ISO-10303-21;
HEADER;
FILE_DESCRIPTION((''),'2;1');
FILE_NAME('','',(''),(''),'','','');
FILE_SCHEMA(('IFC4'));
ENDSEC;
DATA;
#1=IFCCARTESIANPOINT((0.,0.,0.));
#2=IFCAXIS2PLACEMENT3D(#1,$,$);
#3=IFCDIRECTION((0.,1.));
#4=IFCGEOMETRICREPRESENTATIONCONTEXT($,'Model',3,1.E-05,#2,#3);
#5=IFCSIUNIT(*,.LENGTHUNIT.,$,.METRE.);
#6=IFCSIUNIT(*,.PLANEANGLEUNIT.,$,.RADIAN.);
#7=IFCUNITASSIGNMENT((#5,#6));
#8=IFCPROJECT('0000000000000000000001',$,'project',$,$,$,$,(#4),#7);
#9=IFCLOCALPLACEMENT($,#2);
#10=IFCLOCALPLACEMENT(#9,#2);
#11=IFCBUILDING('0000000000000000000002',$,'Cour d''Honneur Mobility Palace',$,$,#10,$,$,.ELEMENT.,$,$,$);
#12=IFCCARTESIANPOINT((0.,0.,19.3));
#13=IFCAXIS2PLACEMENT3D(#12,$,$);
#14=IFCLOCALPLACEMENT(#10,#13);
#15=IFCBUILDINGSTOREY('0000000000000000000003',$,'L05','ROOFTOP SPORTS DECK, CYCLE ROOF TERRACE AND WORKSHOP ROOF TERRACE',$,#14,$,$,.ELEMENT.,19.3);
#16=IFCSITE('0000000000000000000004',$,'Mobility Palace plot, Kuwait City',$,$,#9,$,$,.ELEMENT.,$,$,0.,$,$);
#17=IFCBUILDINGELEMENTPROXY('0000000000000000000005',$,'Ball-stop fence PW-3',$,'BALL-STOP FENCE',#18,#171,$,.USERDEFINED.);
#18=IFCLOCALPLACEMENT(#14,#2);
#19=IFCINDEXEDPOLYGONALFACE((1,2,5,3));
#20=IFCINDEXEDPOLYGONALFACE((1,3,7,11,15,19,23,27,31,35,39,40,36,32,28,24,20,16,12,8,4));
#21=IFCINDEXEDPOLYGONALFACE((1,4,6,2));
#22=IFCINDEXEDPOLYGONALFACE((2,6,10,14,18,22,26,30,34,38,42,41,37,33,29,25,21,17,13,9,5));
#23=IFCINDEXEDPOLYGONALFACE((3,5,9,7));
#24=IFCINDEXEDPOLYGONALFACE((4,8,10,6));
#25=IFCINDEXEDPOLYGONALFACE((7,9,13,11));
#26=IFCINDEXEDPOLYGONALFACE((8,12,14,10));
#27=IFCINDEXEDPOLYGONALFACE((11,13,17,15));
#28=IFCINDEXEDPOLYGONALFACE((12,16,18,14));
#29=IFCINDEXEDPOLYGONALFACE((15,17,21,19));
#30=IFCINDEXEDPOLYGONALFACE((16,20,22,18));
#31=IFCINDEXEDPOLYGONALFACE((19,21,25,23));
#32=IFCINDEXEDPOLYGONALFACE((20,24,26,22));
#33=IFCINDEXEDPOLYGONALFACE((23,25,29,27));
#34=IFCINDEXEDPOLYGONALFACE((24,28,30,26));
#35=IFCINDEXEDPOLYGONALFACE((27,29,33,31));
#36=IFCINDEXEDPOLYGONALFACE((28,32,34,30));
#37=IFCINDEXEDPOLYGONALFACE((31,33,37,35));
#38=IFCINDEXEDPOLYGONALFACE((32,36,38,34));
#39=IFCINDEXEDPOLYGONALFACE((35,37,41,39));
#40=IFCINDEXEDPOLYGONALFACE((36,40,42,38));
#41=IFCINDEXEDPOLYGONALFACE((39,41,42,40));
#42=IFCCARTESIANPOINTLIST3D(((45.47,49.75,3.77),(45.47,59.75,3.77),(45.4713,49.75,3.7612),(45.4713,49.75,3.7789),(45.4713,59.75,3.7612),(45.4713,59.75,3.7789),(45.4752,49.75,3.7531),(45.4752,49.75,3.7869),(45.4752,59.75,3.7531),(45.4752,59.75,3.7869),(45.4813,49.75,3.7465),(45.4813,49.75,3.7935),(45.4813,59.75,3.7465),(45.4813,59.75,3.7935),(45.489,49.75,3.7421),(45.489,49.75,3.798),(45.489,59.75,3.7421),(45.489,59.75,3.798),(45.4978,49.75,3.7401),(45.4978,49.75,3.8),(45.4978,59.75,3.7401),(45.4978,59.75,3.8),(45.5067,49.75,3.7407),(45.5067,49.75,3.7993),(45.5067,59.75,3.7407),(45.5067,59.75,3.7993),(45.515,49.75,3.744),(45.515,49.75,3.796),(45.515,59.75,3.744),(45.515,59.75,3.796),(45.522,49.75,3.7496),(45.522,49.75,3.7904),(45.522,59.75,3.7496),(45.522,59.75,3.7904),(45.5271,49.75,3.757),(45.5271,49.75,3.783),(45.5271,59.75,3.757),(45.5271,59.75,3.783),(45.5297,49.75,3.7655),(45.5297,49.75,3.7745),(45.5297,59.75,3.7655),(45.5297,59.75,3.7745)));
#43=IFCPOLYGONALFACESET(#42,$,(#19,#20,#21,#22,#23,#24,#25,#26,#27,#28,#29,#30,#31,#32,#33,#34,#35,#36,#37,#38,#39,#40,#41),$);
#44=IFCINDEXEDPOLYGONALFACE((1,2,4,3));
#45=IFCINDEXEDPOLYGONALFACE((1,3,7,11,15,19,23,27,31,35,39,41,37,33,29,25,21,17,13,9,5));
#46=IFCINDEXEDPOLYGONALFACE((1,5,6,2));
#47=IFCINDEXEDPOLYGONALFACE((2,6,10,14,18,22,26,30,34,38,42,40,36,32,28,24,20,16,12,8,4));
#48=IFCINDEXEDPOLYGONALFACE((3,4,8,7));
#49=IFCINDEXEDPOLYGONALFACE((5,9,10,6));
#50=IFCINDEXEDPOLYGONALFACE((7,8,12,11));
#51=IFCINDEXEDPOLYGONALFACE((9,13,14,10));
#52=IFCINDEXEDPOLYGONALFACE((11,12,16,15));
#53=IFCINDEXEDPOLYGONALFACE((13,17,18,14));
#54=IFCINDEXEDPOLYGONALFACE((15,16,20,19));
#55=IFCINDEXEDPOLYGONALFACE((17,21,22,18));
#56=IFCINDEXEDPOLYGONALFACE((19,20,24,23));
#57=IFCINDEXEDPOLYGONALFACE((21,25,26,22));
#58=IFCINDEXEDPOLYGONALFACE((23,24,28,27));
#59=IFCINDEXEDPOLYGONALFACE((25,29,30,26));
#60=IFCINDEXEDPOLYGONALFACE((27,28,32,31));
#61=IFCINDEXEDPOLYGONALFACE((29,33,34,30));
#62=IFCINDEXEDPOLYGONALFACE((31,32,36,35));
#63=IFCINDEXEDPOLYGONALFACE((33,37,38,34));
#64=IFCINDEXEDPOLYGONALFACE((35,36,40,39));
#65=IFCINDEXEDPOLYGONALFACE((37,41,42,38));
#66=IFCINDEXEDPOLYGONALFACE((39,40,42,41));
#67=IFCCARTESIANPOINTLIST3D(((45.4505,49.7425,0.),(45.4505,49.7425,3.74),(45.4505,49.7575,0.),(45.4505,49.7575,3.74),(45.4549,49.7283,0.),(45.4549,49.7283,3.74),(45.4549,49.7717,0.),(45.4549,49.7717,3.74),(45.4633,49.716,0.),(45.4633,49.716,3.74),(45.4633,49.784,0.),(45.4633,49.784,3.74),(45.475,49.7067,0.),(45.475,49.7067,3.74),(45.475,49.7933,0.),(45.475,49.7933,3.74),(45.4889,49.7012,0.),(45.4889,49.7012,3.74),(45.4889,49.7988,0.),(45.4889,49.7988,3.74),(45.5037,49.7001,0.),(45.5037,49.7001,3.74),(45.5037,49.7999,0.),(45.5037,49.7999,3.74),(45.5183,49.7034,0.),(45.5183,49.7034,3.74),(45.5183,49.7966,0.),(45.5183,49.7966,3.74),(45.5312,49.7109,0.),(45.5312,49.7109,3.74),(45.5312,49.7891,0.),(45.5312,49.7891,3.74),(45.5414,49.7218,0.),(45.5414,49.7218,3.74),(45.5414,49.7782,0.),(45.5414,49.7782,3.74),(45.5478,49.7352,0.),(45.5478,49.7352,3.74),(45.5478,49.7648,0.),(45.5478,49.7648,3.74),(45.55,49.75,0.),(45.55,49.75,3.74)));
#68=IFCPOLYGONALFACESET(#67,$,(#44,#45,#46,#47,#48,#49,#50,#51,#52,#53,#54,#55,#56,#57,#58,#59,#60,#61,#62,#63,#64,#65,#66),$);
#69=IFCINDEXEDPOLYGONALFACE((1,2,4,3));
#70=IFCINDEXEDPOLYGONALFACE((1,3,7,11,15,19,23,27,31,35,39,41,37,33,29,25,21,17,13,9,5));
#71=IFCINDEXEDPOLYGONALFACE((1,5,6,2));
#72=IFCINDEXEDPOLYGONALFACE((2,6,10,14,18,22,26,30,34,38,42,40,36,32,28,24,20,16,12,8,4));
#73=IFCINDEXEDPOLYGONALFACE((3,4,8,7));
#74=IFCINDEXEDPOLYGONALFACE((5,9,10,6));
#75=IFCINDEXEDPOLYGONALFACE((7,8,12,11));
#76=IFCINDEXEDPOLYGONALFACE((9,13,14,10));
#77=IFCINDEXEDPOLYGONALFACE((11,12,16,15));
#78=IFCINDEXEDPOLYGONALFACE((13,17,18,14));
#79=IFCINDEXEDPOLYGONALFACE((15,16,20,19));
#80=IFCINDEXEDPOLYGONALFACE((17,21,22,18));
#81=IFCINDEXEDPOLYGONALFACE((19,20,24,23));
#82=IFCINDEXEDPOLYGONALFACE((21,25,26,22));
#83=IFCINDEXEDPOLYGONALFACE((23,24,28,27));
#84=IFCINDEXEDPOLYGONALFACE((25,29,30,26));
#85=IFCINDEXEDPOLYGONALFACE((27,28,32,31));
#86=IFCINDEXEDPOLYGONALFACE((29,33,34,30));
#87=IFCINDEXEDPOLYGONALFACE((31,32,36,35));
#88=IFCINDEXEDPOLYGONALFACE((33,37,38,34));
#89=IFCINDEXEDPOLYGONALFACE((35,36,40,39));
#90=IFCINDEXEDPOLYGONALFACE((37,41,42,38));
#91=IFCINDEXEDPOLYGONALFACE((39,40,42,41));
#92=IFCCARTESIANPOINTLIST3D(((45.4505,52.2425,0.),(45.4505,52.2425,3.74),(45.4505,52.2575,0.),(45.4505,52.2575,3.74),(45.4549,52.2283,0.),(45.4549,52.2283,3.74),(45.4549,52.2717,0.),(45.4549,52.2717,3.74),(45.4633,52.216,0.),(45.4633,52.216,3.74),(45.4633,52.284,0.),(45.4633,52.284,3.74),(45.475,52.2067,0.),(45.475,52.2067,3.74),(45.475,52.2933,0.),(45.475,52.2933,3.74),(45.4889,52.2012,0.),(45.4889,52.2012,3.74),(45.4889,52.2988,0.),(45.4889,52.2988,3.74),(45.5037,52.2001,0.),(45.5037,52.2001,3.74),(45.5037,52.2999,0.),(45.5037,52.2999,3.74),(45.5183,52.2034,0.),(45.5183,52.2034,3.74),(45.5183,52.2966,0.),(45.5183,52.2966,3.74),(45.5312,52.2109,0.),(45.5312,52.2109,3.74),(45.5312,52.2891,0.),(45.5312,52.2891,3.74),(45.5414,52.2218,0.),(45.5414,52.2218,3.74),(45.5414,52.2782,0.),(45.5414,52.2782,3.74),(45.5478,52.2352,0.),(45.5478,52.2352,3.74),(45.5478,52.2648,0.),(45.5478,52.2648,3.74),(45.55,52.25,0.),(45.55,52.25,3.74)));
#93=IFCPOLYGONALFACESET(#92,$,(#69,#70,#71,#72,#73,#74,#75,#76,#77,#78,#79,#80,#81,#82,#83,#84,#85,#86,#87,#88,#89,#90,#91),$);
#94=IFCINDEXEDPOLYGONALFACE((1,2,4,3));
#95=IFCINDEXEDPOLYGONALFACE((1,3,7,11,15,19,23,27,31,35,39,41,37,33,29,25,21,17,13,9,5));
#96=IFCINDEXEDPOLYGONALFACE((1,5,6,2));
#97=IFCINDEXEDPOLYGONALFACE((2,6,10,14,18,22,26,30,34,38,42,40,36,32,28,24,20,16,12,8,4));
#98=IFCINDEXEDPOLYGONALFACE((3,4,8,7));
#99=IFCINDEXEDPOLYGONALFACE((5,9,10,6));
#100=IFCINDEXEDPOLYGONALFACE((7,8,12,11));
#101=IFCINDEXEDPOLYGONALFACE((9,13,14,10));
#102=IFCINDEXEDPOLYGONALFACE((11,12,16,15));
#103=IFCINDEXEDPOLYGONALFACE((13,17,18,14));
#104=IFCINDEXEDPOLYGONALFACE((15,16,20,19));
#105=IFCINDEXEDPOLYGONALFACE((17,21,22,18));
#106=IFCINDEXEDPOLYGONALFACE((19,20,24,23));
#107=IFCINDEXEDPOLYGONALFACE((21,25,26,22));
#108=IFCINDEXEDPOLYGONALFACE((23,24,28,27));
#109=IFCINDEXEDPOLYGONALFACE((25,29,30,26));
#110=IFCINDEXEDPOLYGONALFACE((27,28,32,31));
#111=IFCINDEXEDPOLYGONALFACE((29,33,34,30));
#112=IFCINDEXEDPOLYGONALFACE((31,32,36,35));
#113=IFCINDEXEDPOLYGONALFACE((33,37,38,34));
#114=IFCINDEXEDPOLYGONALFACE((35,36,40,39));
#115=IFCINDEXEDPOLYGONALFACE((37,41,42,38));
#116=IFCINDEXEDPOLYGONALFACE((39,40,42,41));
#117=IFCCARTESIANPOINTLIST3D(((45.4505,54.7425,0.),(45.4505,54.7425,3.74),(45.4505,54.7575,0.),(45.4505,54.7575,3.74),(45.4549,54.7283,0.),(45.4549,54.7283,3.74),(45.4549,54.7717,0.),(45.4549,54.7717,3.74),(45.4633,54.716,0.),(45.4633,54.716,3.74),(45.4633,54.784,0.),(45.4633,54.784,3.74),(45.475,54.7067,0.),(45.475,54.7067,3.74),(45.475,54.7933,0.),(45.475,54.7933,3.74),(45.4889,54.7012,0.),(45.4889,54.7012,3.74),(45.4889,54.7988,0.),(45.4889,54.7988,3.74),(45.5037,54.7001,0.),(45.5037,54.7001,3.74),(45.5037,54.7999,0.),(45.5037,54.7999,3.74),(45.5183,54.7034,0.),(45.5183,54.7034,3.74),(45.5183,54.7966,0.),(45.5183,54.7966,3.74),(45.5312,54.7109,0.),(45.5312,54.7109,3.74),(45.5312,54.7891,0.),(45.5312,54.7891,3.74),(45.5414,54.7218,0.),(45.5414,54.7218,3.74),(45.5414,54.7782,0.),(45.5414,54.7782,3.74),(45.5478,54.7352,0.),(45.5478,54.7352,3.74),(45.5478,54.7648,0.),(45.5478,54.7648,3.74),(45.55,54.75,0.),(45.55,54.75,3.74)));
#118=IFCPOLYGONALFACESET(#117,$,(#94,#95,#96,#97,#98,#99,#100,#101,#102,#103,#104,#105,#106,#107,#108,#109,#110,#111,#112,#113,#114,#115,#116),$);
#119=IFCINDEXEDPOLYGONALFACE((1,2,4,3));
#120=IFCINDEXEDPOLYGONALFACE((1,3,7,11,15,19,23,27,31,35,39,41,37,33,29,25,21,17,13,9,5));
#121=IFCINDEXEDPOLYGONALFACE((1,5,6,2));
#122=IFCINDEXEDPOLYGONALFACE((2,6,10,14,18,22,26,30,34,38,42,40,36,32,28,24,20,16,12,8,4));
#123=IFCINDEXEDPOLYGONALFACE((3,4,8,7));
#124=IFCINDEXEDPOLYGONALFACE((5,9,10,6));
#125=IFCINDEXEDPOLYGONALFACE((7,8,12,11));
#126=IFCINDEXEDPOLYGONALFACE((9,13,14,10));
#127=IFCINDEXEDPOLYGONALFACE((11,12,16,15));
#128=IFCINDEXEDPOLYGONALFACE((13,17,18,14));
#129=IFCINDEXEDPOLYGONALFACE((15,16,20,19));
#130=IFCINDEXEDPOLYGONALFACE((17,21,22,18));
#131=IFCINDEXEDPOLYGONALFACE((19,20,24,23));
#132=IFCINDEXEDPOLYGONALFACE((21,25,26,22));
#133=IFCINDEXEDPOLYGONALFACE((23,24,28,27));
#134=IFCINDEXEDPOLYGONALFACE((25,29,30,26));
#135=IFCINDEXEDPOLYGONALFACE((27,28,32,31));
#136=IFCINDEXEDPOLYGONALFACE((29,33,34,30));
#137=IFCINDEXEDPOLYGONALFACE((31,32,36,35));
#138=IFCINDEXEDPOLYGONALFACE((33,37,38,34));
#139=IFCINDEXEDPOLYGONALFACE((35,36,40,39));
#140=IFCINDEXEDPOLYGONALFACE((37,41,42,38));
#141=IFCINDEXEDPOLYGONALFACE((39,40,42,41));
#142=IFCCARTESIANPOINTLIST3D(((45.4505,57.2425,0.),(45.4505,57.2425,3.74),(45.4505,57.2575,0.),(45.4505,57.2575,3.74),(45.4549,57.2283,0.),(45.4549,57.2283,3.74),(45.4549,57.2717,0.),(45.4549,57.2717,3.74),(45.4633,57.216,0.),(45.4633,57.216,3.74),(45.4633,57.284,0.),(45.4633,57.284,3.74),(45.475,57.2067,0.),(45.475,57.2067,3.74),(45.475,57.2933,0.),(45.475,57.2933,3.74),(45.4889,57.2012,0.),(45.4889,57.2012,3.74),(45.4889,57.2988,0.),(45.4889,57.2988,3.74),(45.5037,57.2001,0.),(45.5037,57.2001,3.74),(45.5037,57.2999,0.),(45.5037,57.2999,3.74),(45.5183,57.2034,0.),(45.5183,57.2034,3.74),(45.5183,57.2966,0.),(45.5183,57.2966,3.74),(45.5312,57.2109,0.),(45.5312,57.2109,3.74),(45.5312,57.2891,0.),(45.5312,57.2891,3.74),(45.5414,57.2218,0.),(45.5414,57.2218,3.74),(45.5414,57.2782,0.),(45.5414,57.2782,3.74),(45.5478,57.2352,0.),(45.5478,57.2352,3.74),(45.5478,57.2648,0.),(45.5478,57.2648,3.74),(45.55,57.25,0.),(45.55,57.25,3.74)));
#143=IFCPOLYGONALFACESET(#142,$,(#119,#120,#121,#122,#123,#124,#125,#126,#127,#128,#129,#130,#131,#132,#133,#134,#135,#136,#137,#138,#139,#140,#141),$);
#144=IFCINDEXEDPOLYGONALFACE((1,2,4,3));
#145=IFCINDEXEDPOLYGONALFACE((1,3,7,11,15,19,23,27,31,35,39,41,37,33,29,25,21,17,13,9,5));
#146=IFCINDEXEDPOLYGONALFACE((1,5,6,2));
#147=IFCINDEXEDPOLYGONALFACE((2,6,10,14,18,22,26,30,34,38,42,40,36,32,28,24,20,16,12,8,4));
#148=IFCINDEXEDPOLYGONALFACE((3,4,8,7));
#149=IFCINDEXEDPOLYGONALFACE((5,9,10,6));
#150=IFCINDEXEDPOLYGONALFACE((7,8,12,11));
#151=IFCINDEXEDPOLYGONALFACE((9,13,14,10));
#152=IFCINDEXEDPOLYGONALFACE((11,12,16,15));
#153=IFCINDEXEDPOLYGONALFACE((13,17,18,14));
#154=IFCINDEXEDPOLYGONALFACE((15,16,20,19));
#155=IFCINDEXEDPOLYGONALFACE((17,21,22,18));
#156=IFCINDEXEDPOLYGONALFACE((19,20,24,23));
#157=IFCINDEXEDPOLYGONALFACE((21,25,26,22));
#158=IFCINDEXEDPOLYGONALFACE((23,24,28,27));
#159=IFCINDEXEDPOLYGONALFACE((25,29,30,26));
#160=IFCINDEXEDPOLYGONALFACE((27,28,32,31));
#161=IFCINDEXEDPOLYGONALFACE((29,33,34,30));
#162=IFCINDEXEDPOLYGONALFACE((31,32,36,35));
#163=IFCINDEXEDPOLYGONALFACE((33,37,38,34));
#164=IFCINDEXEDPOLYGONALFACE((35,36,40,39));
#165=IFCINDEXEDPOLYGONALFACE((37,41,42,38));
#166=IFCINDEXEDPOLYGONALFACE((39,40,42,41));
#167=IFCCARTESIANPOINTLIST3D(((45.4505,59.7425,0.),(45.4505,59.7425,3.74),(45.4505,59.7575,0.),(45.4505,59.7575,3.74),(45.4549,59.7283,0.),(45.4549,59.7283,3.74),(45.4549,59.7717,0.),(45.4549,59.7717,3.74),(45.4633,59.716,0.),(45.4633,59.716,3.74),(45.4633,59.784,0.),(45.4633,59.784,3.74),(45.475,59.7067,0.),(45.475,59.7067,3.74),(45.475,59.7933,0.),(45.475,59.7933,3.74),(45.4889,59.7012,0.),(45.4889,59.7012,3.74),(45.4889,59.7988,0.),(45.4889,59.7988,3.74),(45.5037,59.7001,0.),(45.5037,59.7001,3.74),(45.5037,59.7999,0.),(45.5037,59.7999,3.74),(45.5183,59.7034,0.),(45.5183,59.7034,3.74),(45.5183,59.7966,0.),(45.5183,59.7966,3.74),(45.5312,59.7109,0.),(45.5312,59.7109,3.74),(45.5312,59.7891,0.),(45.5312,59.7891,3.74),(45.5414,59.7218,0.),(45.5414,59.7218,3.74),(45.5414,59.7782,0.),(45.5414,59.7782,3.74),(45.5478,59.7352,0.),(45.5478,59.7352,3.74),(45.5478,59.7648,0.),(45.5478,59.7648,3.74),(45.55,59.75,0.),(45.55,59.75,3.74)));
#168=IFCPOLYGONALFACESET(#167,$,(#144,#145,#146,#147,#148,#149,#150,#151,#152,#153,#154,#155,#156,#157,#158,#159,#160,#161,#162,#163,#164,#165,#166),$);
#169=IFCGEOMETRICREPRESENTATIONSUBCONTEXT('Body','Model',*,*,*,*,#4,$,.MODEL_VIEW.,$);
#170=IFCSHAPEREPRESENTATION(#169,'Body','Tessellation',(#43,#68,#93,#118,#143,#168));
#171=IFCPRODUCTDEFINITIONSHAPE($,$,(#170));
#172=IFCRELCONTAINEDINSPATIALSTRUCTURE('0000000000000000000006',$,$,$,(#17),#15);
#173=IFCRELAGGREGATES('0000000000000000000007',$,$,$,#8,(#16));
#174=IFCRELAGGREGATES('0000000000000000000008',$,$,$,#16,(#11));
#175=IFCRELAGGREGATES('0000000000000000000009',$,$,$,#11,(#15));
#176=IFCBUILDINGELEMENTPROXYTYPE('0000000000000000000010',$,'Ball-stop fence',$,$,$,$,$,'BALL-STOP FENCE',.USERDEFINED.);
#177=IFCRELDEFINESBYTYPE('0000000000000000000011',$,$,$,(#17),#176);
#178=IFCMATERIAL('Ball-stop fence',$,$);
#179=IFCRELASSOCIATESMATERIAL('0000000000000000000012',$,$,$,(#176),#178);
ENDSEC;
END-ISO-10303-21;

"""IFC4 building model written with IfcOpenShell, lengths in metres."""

from ifc_helpers import new_model, si_unit, direction, frame, origin, origin_2d, place, context, subcontext, project, spatial, circle, extrude, material, type_object, element, save


model = new_model("IFC4")

# Units and contexts
model_context = context("Model", 3, precision=1e-05, world=origin(), true_north=direction((0.0, 1.0)))
body_context = subcontext(model_context, "Body", "Model", "MODEL_VIEW")
ifc_project = project(units=[si_unit("LENGTHUNIT", "METRE"), si_unit("PLANEANGLEUNIT", "RADIAN")], contexts=[model_context])

# Site, building, storey
site_placement = place(None, origin())
site = spatial("IfcSite", under=ifc_project, at=site_placement, Name="Mobility Palace plot, Kuwait City", CompositionType="ELEMENT", RefElevation=0.0)
building_placement = place(site_placement, origin())
building = spatial("IfcBuilding", under=site, at=building_placement, Name="Cour d'Honneur Mobility Palace", CompositionType="ELEMENT")
storey_placement = place(building_placement, frame((0.0, 0.0, 19.3)))
storey = spatial("IfcBuildingStorey", under=building, at=storey_placement, Name="L05", Description="ROOFTOP SPORTS DECK, CYCLE ROOF TERRACE AND WORKSHOP ROOF TERRACE", CompositionType="ELEMENT", Elevation=19.3)

# Building element proxy
ifc_material_1 = material(Name="Ball-stop fence")
building_element_proxy_type = type_object("IfcBuildingElementProxyType", Name="Ball-stop fence", ElementType="BALL-STOP FENCE", PredefinedType="USERDEFINED", material=ifc_material_1)
proxy_1_placement = place(storey_placement, frame((45.5, 49.75, 0.0)))
element("IfcBuildingElementProxy", 1, at=proxy_1_placement, inside=storey, type_object=building_element_proxy_type, Name="Ball-stop fence PW-3", ObjectType="BALL-STOP FENCE", PredefinedType="USERDEFINED", context=body_context, shape_type="SweptSolid", body=[
    extrude(circle(Radius=0.03, at=origin_2d()), frame((0.0, 0.0, 3.77), z_axis=(0.0, 1.0, 0.0), x_axis=(-1.0, 0.0, 0.0)), (0.0, 0.0, 1.0), 10.0),
    extrude(circle(Radius=0.05, at=origin_2d()), origin(), (0.0, 0.0, 1.0), 3.74),
    extrude(circle(Radius=0.05, at=origin_2d()), frame((0.0, 2.5, 0.0)), (0.0, 0.0, 1.0), 3.74),
    extrude(circle(Radius=0.05, at=origin_2d()), frame((0.0, 5.0, 0.0)), (0.0, 0.0, 1.0), 3.74),
    extrude(circle(Radius=0.05, at=origin_2d()), frame((0.0, 7.5, 0.0)), (0.0, 0.0, 1.0), 3.74),
    extrude(circle(Radius=0.05, at=origin_2d()), frame((0.0, 10.0, 0.0)), (0.0, 0.0, 1.0), 3.74),
])

save(model, "model.ifc")
